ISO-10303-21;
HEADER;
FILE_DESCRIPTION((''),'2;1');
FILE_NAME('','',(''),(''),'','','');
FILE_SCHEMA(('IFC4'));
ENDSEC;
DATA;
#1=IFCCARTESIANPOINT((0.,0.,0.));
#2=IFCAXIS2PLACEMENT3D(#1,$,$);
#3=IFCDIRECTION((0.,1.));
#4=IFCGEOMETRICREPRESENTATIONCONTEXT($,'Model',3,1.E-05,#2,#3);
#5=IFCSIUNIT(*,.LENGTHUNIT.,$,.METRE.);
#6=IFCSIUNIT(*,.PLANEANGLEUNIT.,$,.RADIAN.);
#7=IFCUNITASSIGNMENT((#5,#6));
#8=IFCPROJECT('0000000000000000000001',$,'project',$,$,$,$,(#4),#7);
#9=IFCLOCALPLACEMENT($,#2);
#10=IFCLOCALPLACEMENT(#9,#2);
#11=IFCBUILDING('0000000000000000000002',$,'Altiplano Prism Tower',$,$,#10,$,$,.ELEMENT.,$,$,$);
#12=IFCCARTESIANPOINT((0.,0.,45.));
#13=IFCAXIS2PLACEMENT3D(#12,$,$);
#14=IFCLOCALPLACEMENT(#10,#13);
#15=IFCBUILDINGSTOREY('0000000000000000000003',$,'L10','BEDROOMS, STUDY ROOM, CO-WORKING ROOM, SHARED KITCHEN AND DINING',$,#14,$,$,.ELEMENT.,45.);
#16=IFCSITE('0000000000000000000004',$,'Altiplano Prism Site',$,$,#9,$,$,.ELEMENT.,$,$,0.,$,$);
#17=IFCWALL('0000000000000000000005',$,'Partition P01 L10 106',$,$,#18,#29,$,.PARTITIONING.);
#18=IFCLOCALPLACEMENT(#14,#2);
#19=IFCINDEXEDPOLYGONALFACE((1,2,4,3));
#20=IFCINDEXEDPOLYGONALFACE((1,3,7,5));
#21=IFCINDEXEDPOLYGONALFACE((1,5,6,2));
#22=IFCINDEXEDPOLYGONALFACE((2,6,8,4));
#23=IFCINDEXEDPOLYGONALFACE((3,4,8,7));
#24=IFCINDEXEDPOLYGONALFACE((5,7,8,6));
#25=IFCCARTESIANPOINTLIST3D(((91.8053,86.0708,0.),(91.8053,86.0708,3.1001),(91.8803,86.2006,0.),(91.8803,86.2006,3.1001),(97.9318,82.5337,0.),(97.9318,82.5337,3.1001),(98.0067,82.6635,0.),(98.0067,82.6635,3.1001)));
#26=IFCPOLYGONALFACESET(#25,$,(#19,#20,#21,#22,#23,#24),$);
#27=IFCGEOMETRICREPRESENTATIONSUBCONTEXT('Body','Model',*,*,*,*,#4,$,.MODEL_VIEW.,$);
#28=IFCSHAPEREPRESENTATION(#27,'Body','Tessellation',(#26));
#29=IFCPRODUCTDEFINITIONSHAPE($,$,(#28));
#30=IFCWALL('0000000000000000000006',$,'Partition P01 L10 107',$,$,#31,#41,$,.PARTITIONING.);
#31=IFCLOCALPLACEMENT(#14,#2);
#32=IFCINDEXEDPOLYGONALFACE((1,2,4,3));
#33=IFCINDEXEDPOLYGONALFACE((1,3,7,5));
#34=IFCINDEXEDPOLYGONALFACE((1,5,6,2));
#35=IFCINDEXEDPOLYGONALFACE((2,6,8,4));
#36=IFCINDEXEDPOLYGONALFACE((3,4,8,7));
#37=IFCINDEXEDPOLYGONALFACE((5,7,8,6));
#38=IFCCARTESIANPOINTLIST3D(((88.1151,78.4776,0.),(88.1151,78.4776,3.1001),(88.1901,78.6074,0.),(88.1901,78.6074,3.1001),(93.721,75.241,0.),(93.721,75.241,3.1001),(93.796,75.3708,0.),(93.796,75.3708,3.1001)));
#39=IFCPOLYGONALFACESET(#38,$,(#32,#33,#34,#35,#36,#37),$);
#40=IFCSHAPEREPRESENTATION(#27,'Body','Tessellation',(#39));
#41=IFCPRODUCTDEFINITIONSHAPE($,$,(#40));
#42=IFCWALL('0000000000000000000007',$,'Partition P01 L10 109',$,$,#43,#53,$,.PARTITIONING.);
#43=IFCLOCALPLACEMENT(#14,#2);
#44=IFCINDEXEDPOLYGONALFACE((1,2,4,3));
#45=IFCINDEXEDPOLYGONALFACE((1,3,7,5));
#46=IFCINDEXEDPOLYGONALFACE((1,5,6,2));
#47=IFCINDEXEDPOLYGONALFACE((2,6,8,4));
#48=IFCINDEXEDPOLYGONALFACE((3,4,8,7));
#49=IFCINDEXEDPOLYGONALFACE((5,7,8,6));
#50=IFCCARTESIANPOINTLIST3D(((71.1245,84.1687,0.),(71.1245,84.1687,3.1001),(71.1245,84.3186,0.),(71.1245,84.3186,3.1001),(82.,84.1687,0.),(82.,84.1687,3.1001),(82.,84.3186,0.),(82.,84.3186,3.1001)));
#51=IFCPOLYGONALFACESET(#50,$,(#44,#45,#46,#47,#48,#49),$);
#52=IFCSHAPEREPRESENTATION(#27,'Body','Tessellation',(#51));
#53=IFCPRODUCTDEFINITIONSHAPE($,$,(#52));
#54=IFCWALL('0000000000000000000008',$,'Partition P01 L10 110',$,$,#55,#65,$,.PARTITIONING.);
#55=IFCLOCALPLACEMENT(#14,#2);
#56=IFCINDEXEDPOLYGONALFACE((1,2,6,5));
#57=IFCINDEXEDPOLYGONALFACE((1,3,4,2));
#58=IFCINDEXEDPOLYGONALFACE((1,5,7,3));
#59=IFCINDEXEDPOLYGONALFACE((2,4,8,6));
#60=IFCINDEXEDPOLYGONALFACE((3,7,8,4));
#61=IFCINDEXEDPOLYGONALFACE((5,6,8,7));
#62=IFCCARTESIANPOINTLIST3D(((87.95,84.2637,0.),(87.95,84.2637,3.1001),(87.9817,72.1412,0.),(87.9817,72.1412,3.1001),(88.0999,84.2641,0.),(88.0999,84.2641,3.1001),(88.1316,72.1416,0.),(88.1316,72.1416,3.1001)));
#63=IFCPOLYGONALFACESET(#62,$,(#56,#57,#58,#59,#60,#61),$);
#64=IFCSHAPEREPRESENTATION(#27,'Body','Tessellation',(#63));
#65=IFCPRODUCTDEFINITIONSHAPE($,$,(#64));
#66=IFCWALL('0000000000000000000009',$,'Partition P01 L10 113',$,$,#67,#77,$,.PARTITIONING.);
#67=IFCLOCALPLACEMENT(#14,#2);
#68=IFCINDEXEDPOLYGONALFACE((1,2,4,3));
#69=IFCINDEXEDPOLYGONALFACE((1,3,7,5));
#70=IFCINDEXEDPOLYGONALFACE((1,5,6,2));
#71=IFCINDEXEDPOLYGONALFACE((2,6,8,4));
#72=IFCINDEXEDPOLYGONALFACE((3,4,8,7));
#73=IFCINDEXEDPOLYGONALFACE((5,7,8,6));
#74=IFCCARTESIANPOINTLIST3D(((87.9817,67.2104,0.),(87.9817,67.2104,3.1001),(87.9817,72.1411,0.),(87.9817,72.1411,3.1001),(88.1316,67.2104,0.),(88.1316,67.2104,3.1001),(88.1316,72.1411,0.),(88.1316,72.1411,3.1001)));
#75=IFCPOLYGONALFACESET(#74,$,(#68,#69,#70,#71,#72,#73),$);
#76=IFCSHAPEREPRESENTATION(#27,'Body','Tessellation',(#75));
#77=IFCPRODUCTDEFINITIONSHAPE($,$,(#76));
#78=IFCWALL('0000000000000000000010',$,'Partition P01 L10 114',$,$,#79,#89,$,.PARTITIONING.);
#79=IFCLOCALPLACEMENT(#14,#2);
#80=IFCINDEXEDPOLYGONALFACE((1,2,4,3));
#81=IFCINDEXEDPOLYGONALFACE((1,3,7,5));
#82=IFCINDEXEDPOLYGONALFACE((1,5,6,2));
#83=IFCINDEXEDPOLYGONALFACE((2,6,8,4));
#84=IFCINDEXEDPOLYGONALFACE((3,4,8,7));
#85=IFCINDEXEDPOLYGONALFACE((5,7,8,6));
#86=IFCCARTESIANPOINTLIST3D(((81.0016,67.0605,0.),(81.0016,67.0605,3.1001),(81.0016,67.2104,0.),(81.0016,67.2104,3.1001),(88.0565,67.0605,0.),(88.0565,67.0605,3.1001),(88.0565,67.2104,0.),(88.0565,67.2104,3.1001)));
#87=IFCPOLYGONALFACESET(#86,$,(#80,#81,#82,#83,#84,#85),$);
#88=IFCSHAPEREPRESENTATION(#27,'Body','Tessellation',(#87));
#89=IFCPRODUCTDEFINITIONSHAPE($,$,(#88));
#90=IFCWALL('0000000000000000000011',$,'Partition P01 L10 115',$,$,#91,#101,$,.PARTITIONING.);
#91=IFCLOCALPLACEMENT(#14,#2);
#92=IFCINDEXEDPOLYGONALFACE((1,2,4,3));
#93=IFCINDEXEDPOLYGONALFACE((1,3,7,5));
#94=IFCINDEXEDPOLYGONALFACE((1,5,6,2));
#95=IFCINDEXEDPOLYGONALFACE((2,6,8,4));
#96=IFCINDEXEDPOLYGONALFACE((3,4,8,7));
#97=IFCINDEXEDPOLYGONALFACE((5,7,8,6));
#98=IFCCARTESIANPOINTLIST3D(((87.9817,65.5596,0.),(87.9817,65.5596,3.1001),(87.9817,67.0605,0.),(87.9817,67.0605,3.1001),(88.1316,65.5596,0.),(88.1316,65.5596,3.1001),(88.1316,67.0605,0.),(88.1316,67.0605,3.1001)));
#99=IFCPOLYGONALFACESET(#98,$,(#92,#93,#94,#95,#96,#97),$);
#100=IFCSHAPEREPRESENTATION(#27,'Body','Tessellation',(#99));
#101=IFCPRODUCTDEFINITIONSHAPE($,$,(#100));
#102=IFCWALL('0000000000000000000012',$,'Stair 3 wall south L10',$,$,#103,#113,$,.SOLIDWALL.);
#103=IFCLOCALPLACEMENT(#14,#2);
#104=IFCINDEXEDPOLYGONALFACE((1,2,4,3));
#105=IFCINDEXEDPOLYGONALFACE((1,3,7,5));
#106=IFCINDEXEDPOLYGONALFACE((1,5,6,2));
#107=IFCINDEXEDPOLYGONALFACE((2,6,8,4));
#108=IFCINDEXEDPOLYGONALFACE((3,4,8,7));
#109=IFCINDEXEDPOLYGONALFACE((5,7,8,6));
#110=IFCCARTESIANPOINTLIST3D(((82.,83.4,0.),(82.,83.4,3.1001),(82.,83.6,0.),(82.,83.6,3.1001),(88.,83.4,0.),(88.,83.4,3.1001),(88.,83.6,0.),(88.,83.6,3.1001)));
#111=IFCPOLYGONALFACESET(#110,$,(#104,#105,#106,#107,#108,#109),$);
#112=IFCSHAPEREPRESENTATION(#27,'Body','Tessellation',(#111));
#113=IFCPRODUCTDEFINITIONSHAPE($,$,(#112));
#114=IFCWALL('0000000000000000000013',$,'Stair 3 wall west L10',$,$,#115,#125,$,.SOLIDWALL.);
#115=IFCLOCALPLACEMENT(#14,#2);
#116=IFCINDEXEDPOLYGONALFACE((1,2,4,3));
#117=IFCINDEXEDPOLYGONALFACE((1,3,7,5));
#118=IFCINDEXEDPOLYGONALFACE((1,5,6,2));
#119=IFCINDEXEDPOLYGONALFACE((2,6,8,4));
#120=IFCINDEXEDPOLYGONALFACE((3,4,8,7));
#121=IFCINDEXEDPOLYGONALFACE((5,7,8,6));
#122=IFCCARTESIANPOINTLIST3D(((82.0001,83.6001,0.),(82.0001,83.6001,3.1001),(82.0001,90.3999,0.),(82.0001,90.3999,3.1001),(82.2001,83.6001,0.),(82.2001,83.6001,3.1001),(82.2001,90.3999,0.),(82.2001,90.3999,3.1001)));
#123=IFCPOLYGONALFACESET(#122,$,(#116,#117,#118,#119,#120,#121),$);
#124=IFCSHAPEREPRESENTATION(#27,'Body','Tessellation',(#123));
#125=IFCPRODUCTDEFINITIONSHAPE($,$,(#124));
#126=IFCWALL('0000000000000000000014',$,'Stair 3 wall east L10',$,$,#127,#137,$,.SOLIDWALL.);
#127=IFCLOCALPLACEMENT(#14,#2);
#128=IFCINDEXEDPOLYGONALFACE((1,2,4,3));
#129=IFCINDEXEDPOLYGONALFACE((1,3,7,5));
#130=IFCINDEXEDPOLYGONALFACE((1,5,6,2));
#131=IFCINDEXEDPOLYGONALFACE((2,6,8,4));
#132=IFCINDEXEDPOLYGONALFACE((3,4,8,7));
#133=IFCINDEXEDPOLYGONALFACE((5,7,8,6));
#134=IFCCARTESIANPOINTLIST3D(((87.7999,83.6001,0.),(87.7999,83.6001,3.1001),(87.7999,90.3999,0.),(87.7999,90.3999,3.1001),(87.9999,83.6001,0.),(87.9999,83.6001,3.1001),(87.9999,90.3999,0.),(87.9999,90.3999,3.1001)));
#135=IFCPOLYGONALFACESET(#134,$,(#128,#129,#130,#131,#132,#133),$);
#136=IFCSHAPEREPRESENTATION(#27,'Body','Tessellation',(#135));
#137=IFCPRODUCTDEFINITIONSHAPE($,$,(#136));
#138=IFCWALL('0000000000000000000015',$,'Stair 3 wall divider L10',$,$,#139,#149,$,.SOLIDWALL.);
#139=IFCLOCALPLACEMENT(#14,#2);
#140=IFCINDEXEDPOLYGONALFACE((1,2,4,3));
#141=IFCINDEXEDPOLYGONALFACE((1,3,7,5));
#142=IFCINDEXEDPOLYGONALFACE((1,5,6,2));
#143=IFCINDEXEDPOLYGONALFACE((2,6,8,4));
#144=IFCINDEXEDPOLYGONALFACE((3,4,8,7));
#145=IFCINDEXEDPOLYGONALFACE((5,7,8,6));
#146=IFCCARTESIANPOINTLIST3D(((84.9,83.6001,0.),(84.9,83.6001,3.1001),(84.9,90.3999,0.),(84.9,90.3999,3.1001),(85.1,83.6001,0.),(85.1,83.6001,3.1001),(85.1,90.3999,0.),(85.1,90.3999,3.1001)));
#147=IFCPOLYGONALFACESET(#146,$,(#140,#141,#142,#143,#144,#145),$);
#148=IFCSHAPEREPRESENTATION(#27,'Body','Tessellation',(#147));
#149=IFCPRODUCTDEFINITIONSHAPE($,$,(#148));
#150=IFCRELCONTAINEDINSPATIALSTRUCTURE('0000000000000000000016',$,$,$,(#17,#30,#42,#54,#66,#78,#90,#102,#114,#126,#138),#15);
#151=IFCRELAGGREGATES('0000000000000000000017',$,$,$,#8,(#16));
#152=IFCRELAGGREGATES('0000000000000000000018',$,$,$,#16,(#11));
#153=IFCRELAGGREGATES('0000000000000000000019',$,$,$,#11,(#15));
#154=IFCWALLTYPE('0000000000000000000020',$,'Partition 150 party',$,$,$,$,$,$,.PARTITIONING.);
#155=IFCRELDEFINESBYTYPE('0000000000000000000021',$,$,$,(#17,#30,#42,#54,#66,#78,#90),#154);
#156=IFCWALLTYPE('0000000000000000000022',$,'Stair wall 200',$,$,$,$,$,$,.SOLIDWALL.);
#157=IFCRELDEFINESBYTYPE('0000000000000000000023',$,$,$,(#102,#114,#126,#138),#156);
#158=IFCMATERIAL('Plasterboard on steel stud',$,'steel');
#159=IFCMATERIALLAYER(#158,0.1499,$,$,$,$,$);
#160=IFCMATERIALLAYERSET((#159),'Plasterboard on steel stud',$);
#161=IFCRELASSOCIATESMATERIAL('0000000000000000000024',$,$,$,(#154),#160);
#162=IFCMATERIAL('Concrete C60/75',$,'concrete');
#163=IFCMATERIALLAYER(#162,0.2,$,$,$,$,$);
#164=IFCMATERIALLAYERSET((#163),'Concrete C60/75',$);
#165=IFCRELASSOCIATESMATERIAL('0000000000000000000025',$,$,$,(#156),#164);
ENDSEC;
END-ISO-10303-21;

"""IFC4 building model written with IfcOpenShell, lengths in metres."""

from ifc_helpers import new_model, si_unit, direction, frame, frame_2d, origin, place, context, subcontext, project, spatial, rectangle, extrude, material, layer, layer_set, type_object, element, save


model = new_model("IFC4")

# Units and contexts
model_context = context("Model", 3, precision=1e-05, world=origin(), true_north=direction((0.0, 1.0)))
body_context = subcontext(model_context, "Body", "Model", "MODEL_VIEW")
ifc_project = project(units=[si_unit("LENGTHUNIT", "METRE"), si_unit("PLANEANGLEUNIT", "RADIAN")], contexts=[model_context])

# Site, building, storey
site_placement = place(None, origin())
site = spatial("IfcSite", under=ifc_project, at=site_placement, Name="Altiplano Prism Site", CompositionType="ELEMENT", RefElevation=0.0)
building_placement = place(site_placement, origin())
building = spatial("IfcBuilding", under=site, at=building_placement, Name="Altiplano Prism Tower", CompositionType="ELEMENT")
storey_placement = place(building_placement, frame((0.0, 0.0, 45.0)))
storey = spatial("IfcBuildingStorey", under=building, at=storey_placement, Name="L10", Description="BEDROOMS, STUDY ROOM, CO-WORKING ROOM, SHARED KITCHEN AND DINING", CompositionType="ELEMENT", Elevation=45.0)

# Shared definitions
ifc_material_1 = material(Name="Concrete C60/75", Category="concrete")

# Shared definitions
ifc_material_2 = material(Name="Plasterboard on steel stud", Category="steel")

# Walls
ifc_layer_1 = layer(ifc_material_2, 0.1499)
ifc_layer_set_1 = layer_set([ifc_layer_1], Name="Plasterboard on steel stud")
wall_type_1 = type_object("IfcWallType", Name="Partition 150 party", PredefinedType="PARTITIONING", material=ifc_layer_set_1)
wall_1_placement = place(storey_placement, frame((97.9692, 82.5986, 0.0), z_axis=(0.0, 0.0, 1.0), x_axis=(-0.866026, 0.499999, 0.0)))
element("IfcWall", 1, at=wall_1_placement, inside=storey, type_object=wall_type_1, Name="Partition P01 L10 106", PredefinedType="PARTITIONING", context=body_context, shape_type="SweptSolid", body=[
    extrude(rectangle(XDim=7.0742, YDim=0.1499, at=frame_2d((3.5371, 0.0))), origin(), (0.0, 0.0, 1.0), 3.1001),
])
wall_2_placement = place(storey_placement, frame((88.1526, 78.5425, 0.0), z_axis=(0.0, 0.0, 1.0), x_axis=(0.866027, -0.499997, 0.0)))
element("IfcWall", 2, at=wall_2_placement, inside=storey, type_object=wall_type_1, Name="Partition P01 L10 107", PredefinedType="PARTITIONING", context=body_context, shape_type="SweptSolid", body=[
    extrude(rectangle(XDim=6.4731, YDim=0.1499, at=frame_2d((3.2366, 0.0))), origin(), (0.0, 0.0, 1.0), 3.1001),
])
wall_3_placement = place(storey_placement, frame((82.0, 84.2437, 0.0), z_axis=(0.0, 0.0, 1.0), x_axis=(-1.0, 0.0, 0.0)))
element("IfcWall", 3, at=wall_3_placement, inside=storey, type_object=wall_type_1, Name="Partition P01 L10 109", PredefinedType="PARTITIONING", context=body_context, shape_type="SweptSolid", body=[
    extrude(rectangle(XDim=10.8755, YDim=0.1499, at=frame_2d((5.4377, 0.0))), origin(), (0.0, 0.0, 1.0), 3.1001),
])
wall_4_placement = place(storey_placement, frame((88.0566, 72.1414, 0.0), z_axis=(0.0, 0.0, 1.0), x_axis=(-0.002618, 0.999997, 0.0)))
element("IfcWall", 4, at=wall_4_placement, inside=storey, type_object=wall_type_1, Name="Partition P01 L10 110", PredefinedType="PARTITIONING", context=body_context, shape_type="SweptSolid", body=[
    extrude(rectangle(XDim=12.1226, YDim=0.1499, at=frame_2d((6.0613, 0.0))), origin(), (0.0, 0.0, 1.0), 3.1001),
])
wall_5_placement = place(storey_placement, frame((88.0566, 67.2104, 0.0), z_axis=(0.0, 0.0, 1.0), x_axis=(0.0, 1.0, 0.0)))
element("IfcWall", 5, at=wall_5_placement, inside=storey, type_object=wall_type_1, Name="Partition P01 L10 113", PredefinedType="PARTITIONING", context=body_context, shape_type="SweptSolid", body=[
    extrude(rectangle(XDim=4.9307, YDim=0.1499, at=frame_2d((2.4653, 0.0))), origin(), (0.0, 0.0, 1.0), 3.1001),
])
wall_6_placement = place(storey_placement, frame((81.0017, 67.1355, 0.0), z_axis=(0.0, 0.0, 1.0), x_axis=(1.0, 0.0, 0.0)))
element("IfcWall", 6, at=wall_6_placement, inside=storey, type_object=wall_type_1, Name="Partition P01 L10 114", PredefinedType="PARTITIONING", context=body_context, shape_type="SweptSolid", body=[
    extrude(rectangle(XDim=7.0549, YDim=0.1499, at=frame_2d((3.5273, 0.0))), origin(), (0.0, 0.0, 1.0), 3.1001),
])
wall_7_placement = place(storey_placement, frame((88.0566, 67.0605, 0.0), z_axis=(0.0, 0.0, 1.0), x_axis=(0.0, -1.0, 0.0)))
element("IfcWall", 7, at=wall_7_placement, inside=storey, type_object=wall_type_1, Name="Partition P01 L10 115", PredefinedType="PARTITIONING", context=body_context, shape_type="SweptSolid", body=[
    extrude(rectangle(XDim=1.501, YDim=0.1499, at=frame_2d((0.7505, 0.0))), origin(), (0.0, 0.0, 1.0), 3.1001),
])
ifc_layer_2 = layer(ifc_material_1, 0.2)
ifc_layer_set_2 = layer_set([ifc_layer_2], Name="Concrete C60/75")
wall_type_2 = type_object("IfcWallType", Name="Stair wall 200", PredefinedType="SOLIDWALL", material=ifc_layer_set_2)
wall_8_placement = place(storey_placement, frame((82.0, 83.5, 0.0), z_axis=(0.0, 0.0, 1.0), x_axis=(1.0, 0.0, 0.0)))
element("IfcWall", 8, at=wall_8_placement, inside=storey, type_object=wall_type_2, Name="Stair 3 wall south L10", PredefinedType="SOLIDWALL", context=body_context, shape_type="SweptSolid", body=[
    extrude(rectangle(XDim=6.0, YDim=0.2, at=frame_2d((3.0, 0.0))), origin(), (0.0, 0.0, 1.0), 3.1001),
])
for number, where, z_axis, x_axis, name in (
    (9, (82.1001, 83.6001, 0.0), (0.0, 0.0, 1.0), (0.0, 1.0, 0.0), "Stair 3 wall west L10"),
    (10, (87.8999, 83.6001, 0.0), (0.0, 0.0, 1.0), (0.0, 1.0, 0.0), "Stair 3 wall east L10"),
    (11, (85.0, 83.6001, 0.0), (0.0, 0.0, 1.0), (0.0, 1.0, 0.0), "Stair 3 wall divider L10"),
):
    element("IfcWall", number, at=place(storey_placement, frame(where, z_axis=z_axis, x_axis=x_axis)), inside=storey, type_object=wall_type_2, Name=name, PredefinedType="SOLIDWALL", context=body_context, shape_type="SweptSolid", body=[
        extrude(rectangle(XDim=6.7998, YDim=0.2, at=frame_2d((3.3999, 0.0))), origin(), (0.0, 0.0, 1.0), 3.1001),
    ])

save(model, "model.ifc")
